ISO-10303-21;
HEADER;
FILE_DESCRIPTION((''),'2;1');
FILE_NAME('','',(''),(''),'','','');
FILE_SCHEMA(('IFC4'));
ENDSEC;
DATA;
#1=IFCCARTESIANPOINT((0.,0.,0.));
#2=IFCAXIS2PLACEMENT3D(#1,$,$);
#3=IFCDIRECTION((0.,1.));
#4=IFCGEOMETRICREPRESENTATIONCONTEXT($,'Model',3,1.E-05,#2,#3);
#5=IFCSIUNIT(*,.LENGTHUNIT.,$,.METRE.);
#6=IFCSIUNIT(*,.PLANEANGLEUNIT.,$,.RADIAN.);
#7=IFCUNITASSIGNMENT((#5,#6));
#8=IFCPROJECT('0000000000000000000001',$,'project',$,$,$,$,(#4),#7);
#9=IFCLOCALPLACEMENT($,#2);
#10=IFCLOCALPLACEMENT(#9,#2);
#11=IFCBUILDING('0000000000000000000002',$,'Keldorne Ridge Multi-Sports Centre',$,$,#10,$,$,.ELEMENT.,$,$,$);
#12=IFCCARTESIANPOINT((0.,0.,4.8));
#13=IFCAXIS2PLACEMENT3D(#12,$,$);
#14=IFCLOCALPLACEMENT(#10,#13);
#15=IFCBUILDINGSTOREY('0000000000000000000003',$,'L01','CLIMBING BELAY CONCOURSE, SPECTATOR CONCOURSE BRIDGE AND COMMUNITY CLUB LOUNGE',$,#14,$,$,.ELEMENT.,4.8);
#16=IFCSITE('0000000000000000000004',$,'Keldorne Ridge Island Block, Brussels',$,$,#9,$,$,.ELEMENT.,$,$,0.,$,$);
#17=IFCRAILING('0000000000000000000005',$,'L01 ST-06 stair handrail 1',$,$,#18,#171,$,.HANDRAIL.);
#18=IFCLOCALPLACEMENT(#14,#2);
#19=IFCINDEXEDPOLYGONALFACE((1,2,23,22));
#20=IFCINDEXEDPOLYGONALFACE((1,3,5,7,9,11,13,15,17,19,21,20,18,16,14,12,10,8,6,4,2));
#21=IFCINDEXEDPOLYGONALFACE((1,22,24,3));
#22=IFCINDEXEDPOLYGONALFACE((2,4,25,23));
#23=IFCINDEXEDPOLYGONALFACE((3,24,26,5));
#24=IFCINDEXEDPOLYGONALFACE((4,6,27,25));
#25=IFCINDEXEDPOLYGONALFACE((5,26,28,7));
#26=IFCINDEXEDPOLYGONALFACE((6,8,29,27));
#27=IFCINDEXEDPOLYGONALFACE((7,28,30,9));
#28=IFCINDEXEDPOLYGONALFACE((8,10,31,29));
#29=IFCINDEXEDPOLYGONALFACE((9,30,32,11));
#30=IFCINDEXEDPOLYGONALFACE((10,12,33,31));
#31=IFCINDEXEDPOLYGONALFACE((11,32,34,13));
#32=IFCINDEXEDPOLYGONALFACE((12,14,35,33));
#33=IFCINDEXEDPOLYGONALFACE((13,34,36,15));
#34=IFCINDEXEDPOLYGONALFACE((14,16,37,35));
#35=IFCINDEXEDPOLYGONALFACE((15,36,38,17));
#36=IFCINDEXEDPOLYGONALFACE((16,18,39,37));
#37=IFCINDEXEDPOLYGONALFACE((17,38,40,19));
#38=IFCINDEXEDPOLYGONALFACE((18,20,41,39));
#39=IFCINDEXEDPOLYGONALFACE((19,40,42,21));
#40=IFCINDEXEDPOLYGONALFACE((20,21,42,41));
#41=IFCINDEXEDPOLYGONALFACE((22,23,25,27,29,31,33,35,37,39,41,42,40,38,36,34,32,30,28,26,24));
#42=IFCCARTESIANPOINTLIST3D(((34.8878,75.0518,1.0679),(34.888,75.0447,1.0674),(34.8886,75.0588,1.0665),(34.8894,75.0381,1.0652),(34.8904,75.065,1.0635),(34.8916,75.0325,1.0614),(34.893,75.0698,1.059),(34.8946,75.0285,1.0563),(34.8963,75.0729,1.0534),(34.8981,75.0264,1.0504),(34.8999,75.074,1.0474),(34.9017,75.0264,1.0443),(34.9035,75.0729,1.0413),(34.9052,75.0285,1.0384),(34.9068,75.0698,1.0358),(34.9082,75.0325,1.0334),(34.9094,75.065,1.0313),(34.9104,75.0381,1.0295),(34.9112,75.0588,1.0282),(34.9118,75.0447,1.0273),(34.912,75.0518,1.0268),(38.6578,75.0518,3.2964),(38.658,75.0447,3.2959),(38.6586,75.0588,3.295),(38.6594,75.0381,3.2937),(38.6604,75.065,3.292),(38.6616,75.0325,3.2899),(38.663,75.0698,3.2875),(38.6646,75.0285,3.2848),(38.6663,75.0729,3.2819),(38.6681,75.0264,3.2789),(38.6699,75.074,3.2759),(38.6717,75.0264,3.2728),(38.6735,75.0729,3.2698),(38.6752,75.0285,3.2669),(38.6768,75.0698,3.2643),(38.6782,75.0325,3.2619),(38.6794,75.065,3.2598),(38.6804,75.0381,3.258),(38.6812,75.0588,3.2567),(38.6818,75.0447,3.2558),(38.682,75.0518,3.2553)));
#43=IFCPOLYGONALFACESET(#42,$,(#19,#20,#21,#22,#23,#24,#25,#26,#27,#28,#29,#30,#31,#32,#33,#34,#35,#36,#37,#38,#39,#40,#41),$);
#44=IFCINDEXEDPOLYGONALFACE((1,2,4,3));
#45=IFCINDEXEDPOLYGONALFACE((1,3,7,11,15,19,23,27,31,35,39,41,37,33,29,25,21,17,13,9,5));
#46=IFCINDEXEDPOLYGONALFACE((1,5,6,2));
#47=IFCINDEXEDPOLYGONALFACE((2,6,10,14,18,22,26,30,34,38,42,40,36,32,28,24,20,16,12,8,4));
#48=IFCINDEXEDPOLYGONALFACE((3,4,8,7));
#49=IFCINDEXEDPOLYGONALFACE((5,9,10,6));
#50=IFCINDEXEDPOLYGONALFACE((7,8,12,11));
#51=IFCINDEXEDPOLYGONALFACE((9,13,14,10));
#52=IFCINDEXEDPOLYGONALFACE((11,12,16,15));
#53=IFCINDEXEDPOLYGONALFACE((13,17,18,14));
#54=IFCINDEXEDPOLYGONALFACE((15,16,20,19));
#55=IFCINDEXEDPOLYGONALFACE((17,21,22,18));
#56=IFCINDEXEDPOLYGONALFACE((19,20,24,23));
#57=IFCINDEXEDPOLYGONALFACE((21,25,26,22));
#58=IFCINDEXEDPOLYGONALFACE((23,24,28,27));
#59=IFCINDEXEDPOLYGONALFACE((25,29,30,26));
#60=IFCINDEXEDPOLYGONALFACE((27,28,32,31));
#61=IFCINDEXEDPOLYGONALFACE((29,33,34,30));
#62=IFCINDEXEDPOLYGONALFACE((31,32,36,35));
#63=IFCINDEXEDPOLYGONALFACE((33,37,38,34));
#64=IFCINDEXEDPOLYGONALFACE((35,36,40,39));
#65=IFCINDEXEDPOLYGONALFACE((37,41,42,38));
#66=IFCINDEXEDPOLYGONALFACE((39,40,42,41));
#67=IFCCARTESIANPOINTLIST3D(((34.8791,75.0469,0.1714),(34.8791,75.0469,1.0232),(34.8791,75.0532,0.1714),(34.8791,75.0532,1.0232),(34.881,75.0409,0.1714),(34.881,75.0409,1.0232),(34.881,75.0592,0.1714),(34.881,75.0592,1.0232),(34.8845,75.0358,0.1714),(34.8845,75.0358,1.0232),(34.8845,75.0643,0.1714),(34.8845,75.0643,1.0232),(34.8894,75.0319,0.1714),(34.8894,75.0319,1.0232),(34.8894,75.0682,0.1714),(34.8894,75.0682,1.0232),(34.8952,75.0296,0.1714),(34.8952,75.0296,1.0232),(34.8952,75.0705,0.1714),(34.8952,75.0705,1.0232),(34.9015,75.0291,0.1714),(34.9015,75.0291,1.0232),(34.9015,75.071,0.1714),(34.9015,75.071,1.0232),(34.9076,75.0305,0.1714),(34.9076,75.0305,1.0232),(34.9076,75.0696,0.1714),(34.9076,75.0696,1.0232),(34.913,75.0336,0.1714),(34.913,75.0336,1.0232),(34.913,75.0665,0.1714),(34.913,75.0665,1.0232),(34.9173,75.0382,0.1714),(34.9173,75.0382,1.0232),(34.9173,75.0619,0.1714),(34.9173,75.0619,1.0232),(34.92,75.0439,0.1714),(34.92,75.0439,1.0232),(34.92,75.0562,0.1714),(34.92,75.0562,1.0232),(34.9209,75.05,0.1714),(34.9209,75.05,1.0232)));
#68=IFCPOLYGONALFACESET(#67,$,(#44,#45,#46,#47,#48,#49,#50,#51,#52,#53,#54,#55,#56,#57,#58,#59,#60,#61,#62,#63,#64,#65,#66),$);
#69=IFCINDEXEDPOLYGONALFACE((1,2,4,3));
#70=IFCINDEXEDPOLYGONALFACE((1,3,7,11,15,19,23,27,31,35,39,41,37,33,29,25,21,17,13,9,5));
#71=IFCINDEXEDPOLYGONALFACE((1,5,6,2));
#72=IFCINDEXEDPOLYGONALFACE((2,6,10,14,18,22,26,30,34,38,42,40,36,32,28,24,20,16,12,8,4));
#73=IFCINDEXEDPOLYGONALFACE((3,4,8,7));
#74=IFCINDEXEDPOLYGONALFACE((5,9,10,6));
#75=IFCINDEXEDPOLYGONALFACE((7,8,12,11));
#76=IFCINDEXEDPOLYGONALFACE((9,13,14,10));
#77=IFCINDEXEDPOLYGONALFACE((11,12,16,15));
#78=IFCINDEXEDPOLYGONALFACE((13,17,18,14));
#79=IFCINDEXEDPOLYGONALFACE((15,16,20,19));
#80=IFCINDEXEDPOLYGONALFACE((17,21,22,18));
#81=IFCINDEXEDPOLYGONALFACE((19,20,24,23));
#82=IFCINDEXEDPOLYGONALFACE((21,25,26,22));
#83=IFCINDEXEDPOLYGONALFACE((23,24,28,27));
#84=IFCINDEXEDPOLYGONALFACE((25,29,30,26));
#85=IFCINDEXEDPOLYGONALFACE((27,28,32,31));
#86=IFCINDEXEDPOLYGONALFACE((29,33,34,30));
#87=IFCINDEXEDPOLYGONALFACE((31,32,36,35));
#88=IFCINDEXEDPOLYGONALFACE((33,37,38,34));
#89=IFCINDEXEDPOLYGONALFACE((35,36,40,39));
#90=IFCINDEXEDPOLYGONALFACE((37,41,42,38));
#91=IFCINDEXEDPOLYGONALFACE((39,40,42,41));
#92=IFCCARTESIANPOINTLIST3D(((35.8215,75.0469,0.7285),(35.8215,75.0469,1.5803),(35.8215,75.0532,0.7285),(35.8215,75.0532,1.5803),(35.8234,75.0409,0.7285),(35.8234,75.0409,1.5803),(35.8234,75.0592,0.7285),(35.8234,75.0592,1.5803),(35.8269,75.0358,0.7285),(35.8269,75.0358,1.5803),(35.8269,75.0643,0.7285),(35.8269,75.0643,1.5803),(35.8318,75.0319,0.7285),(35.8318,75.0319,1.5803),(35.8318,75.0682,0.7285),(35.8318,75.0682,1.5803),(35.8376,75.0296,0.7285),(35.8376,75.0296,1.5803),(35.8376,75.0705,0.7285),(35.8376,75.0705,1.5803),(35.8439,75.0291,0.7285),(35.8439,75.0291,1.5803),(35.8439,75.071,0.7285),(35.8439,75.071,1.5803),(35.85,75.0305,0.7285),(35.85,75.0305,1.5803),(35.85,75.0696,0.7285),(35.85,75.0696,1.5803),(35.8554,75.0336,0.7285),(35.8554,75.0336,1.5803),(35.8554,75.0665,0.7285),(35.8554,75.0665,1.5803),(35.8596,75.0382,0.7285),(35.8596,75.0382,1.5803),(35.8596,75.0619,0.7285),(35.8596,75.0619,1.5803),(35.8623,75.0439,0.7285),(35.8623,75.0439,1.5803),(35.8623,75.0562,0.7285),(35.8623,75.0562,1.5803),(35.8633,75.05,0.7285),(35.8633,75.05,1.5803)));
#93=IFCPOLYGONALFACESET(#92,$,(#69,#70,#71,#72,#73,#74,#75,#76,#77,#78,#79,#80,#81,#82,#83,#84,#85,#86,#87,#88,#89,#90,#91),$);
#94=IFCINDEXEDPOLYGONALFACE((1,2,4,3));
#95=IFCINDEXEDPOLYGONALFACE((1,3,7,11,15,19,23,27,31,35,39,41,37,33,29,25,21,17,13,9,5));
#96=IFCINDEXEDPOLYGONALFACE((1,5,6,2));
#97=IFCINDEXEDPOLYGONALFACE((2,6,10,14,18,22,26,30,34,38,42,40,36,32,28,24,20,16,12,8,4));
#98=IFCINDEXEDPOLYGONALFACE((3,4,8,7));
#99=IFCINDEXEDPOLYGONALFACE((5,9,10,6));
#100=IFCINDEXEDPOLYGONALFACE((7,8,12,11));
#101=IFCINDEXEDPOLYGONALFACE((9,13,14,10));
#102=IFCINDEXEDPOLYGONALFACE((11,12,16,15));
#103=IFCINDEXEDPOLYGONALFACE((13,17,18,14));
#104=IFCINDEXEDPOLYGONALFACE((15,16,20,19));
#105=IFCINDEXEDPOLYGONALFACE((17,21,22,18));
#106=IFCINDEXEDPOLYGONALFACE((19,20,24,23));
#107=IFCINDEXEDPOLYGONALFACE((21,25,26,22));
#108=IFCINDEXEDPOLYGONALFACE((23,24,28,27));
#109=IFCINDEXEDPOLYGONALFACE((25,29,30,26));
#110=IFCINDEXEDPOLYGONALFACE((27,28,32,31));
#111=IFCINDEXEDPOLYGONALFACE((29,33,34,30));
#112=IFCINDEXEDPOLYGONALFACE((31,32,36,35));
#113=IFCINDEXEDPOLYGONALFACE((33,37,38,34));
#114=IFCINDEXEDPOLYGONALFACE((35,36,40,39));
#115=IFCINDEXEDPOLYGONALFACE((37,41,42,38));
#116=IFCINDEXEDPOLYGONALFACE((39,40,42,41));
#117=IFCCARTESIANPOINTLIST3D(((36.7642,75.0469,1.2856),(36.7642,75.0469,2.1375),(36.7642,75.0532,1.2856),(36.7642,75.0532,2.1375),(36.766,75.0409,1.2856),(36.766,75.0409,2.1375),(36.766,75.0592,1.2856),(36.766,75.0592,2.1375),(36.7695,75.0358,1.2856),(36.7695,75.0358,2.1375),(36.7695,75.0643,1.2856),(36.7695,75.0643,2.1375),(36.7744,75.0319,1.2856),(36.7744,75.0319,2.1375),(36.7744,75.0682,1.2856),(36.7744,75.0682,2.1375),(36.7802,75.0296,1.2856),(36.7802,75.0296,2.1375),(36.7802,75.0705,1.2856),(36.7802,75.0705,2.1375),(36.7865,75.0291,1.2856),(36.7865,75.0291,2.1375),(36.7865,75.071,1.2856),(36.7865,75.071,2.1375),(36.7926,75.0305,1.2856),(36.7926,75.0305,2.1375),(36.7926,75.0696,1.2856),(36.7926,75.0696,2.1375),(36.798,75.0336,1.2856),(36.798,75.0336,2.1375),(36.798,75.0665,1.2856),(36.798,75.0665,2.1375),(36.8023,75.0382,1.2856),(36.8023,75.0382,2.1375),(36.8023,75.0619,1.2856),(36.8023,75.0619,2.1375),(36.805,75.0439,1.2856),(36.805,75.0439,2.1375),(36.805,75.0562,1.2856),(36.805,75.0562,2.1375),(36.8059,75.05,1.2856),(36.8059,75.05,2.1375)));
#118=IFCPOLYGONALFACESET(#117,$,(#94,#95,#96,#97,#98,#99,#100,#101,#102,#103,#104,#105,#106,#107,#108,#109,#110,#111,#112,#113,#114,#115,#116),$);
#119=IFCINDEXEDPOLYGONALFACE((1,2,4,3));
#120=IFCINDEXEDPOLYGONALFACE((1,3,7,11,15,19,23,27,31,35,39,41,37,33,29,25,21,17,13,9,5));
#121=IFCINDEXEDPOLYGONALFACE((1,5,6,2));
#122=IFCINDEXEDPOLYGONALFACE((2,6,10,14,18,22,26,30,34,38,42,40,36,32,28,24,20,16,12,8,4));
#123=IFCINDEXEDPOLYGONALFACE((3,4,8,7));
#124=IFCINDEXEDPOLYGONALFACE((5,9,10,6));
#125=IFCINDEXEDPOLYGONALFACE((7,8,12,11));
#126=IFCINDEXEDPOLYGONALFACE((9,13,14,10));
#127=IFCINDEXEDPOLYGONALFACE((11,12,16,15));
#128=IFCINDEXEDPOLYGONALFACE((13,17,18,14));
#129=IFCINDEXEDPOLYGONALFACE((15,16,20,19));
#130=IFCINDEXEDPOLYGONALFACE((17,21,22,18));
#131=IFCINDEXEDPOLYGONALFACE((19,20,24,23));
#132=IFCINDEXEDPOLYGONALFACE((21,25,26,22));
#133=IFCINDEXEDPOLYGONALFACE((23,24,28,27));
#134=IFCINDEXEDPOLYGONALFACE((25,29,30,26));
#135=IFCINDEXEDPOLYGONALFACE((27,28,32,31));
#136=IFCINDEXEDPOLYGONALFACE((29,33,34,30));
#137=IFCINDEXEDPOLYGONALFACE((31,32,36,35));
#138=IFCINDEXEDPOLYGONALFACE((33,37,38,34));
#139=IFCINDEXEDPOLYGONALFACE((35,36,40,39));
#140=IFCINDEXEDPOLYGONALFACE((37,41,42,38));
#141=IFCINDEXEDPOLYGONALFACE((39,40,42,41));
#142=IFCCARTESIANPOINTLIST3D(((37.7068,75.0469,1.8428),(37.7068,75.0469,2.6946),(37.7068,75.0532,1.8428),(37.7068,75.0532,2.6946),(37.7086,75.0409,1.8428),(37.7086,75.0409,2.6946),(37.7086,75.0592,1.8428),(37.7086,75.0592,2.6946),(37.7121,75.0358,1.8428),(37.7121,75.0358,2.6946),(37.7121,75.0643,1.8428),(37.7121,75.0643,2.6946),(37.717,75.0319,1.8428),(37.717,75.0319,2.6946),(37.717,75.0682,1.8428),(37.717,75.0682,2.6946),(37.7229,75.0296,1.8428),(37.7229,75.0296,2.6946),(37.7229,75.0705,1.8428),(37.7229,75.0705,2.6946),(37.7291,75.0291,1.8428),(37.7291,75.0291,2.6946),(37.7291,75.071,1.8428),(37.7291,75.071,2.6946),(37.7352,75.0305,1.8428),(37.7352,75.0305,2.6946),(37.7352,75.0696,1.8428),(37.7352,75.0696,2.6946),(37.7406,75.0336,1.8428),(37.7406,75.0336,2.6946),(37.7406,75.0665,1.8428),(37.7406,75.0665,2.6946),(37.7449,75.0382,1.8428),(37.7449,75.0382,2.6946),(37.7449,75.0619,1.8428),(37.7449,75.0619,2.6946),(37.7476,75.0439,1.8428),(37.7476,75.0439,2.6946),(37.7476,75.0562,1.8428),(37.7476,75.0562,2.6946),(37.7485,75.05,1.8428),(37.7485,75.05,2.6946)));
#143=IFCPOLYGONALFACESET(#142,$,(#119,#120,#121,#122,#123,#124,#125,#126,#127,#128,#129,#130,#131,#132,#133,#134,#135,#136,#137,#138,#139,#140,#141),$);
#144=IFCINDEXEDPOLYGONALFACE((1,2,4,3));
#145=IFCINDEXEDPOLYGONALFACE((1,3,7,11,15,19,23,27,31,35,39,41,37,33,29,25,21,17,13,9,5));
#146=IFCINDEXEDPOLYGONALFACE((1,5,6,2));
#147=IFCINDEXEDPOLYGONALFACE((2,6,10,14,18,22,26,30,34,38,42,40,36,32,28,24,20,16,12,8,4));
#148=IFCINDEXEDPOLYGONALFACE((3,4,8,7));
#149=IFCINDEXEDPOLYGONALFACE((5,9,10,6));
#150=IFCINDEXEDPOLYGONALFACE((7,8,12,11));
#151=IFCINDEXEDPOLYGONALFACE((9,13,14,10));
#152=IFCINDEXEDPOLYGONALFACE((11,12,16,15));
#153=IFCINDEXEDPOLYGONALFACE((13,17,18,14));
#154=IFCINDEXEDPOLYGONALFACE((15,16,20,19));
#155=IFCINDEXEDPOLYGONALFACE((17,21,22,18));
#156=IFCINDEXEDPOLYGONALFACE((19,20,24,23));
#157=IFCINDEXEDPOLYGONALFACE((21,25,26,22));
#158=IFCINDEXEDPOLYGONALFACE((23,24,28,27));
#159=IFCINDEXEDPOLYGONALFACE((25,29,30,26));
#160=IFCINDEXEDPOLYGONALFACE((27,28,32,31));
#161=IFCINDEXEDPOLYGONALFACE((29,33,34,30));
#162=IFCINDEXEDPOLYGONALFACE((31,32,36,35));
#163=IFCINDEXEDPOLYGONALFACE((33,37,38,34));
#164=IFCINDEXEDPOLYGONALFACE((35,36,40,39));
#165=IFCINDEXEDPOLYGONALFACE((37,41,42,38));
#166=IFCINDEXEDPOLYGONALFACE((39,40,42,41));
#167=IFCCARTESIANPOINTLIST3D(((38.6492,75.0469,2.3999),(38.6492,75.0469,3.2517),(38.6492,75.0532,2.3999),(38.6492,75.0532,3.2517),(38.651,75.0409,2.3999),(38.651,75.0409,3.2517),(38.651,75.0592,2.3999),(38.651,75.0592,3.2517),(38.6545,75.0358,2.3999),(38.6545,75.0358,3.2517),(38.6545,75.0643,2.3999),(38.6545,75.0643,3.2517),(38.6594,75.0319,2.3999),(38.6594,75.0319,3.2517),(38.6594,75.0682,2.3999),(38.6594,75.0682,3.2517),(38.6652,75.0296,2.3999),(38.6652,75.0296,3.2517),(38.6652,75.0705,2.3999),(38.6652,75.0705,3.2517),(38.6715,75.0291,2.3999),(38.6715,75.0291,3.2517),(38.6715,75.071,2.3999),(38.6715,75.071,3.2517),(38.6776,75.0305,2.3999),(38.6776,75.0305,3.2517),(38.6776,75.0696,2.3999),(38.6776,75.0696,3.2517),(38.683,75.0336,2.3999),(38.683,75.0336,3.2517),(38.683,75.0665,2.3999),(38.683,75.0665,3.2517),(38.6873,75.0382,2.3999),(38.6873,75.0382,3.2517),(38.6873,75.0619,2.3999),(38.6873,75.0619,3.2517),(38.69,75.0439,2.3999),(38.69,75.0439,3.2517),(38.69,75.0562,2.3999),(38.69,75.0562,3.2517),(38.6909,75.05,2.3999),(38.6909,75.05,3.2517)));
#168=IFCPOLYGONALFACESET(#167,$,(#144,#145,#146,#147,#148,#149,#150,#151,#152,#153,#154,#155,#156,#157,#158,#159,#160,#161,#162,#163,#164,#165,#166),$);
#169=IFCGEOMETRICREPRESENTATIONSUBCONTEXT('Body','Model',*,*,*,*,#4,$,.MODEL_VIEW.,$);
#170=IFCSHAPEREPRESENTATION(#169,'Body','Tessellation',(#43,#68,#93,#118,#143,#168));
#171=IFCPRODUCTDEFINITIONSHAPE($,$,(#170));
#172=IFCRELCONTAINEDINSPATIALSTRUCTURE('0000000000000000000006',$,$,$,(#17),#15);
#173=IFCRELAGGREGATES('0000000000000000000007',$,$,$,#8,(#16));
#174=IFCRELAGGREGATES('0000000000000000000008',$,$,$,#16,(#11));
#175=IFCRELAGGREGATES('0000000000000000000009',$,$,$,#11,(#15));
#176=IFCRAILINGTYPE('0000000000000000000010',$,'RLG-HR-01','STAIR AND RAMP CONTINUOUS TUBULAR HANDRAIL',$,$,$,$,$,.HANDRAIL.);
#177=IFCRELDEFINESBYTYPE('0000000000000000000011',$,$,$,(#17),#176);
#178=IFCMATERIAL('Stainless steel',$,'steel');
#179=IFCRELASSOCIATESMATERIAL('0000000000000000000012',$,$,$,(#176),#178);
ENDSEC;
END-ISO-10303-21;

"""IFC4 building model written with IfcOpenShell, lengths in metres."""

from ifc_helpers import new_model, si_unit, direction, frame, origin, origin_2d, place, context, subcontext, project, spatial, circle, extrude, material, type_object, element, save


model = new_model("IFC4")

# Units and contexts
model_context = context("Model", 3, precision=1e-05, world=origin(), true_north=direction((0.0, 1.0)))
body_context = subcontext(model_context, "Body", "Model", "MODEL_VIEW")
ifc_project = project(units=[si_unit("LENGTHUNIT", "METRE"), si_unit("PLANEANGLEUNIT", "RADIAN")], contexts=[model_context])

# Site, building, storey
site_placement = place(None, origin())
site = spatial("IfcSite", under=ifc_project, at=site_placement, Name="Keldorne Ridge Island Block, Brussels", CompositionType="ELEMENT", RefElevation=0.0)
building_placement = place(site_placement, origin())
building = spatial("IfcBuilding", under=site, at=building_placement, Name="Keldorne Ridge Multi-Sports Centre", CompositionType="ELEMENT")
storey_placement = place(building_placement, frame((0.0, 0.0, 4.8)))
storey = spatial("IfcBuildingStorey", under=building, at=storey_placement, Name="L01", Description="CLIMBING BELAY CONCOURSE, SPECTATOR CONCOURSE BRIDGE AND COMMUNITY CLUB LOUNGE", CompositionType="ELEMENT", Elevation=4.8)

# Railing
ifc_material_1 = material(Name="Stainless steel", Category="steel")
railing_type_1 = type_object("IfcRailingType", Name="RLG-HR-01", Description="STAIR AND RAMP CONTINUOUS TUBULAR HANDRAIL", PredefinedType="HANDRAIL", material=ifc_material_1)
railing_1_placement = place(storey_placement, frame((34.8999, 75.05, 0.1714)))
element("IfcRailing", 1, at=railing_1_placement, inside=storey, type_object=railing_type_1, Name="L01 ST-06 stair handrail 1", PredefinedType="HANDRAIL", context=body_context, shape_type="SweptSolid", body=[
    extrude(circle(Radius=0.0239, at=origin_2d()), frame((0.0, 0.0, 0.876), z_axis=(0.860849, 0.0, 0.508861), x_axis=(0.0, 1.0, 0.0)), (0.0, 0.0, 1.0), 4.3794),
    extrude(circle(Radius=0.021, at=origin_2d()), origin(), (0.0, 0.0, 1.0), 0.8518),
    extrude(circle(Radius=0.021, at=origin_2d()), frame((0.9424, 0.0, 0.5571)), (0.0, 0.0, 1.0), 0.8518),
    extrude(circle(Radius=0.021, at=origin_2d()), frame((1.885, 0.0, 1.1143)), (0.0, 0.0, 1.0), 0.8518),
    extrude(circle(Radius=0.021, at=origin_2d()), frame((2.8276, 0.0, 1.6714)), (0.0, 0.0, 1.0), 0.8518),
    extrude(circle(Radius=0.021, at=origin_2d()), frame((3.77, 0.0, 2.2285)), (0.0, 0.0, 1.0), 0.8518),
])

save(model, "model.ifc")
